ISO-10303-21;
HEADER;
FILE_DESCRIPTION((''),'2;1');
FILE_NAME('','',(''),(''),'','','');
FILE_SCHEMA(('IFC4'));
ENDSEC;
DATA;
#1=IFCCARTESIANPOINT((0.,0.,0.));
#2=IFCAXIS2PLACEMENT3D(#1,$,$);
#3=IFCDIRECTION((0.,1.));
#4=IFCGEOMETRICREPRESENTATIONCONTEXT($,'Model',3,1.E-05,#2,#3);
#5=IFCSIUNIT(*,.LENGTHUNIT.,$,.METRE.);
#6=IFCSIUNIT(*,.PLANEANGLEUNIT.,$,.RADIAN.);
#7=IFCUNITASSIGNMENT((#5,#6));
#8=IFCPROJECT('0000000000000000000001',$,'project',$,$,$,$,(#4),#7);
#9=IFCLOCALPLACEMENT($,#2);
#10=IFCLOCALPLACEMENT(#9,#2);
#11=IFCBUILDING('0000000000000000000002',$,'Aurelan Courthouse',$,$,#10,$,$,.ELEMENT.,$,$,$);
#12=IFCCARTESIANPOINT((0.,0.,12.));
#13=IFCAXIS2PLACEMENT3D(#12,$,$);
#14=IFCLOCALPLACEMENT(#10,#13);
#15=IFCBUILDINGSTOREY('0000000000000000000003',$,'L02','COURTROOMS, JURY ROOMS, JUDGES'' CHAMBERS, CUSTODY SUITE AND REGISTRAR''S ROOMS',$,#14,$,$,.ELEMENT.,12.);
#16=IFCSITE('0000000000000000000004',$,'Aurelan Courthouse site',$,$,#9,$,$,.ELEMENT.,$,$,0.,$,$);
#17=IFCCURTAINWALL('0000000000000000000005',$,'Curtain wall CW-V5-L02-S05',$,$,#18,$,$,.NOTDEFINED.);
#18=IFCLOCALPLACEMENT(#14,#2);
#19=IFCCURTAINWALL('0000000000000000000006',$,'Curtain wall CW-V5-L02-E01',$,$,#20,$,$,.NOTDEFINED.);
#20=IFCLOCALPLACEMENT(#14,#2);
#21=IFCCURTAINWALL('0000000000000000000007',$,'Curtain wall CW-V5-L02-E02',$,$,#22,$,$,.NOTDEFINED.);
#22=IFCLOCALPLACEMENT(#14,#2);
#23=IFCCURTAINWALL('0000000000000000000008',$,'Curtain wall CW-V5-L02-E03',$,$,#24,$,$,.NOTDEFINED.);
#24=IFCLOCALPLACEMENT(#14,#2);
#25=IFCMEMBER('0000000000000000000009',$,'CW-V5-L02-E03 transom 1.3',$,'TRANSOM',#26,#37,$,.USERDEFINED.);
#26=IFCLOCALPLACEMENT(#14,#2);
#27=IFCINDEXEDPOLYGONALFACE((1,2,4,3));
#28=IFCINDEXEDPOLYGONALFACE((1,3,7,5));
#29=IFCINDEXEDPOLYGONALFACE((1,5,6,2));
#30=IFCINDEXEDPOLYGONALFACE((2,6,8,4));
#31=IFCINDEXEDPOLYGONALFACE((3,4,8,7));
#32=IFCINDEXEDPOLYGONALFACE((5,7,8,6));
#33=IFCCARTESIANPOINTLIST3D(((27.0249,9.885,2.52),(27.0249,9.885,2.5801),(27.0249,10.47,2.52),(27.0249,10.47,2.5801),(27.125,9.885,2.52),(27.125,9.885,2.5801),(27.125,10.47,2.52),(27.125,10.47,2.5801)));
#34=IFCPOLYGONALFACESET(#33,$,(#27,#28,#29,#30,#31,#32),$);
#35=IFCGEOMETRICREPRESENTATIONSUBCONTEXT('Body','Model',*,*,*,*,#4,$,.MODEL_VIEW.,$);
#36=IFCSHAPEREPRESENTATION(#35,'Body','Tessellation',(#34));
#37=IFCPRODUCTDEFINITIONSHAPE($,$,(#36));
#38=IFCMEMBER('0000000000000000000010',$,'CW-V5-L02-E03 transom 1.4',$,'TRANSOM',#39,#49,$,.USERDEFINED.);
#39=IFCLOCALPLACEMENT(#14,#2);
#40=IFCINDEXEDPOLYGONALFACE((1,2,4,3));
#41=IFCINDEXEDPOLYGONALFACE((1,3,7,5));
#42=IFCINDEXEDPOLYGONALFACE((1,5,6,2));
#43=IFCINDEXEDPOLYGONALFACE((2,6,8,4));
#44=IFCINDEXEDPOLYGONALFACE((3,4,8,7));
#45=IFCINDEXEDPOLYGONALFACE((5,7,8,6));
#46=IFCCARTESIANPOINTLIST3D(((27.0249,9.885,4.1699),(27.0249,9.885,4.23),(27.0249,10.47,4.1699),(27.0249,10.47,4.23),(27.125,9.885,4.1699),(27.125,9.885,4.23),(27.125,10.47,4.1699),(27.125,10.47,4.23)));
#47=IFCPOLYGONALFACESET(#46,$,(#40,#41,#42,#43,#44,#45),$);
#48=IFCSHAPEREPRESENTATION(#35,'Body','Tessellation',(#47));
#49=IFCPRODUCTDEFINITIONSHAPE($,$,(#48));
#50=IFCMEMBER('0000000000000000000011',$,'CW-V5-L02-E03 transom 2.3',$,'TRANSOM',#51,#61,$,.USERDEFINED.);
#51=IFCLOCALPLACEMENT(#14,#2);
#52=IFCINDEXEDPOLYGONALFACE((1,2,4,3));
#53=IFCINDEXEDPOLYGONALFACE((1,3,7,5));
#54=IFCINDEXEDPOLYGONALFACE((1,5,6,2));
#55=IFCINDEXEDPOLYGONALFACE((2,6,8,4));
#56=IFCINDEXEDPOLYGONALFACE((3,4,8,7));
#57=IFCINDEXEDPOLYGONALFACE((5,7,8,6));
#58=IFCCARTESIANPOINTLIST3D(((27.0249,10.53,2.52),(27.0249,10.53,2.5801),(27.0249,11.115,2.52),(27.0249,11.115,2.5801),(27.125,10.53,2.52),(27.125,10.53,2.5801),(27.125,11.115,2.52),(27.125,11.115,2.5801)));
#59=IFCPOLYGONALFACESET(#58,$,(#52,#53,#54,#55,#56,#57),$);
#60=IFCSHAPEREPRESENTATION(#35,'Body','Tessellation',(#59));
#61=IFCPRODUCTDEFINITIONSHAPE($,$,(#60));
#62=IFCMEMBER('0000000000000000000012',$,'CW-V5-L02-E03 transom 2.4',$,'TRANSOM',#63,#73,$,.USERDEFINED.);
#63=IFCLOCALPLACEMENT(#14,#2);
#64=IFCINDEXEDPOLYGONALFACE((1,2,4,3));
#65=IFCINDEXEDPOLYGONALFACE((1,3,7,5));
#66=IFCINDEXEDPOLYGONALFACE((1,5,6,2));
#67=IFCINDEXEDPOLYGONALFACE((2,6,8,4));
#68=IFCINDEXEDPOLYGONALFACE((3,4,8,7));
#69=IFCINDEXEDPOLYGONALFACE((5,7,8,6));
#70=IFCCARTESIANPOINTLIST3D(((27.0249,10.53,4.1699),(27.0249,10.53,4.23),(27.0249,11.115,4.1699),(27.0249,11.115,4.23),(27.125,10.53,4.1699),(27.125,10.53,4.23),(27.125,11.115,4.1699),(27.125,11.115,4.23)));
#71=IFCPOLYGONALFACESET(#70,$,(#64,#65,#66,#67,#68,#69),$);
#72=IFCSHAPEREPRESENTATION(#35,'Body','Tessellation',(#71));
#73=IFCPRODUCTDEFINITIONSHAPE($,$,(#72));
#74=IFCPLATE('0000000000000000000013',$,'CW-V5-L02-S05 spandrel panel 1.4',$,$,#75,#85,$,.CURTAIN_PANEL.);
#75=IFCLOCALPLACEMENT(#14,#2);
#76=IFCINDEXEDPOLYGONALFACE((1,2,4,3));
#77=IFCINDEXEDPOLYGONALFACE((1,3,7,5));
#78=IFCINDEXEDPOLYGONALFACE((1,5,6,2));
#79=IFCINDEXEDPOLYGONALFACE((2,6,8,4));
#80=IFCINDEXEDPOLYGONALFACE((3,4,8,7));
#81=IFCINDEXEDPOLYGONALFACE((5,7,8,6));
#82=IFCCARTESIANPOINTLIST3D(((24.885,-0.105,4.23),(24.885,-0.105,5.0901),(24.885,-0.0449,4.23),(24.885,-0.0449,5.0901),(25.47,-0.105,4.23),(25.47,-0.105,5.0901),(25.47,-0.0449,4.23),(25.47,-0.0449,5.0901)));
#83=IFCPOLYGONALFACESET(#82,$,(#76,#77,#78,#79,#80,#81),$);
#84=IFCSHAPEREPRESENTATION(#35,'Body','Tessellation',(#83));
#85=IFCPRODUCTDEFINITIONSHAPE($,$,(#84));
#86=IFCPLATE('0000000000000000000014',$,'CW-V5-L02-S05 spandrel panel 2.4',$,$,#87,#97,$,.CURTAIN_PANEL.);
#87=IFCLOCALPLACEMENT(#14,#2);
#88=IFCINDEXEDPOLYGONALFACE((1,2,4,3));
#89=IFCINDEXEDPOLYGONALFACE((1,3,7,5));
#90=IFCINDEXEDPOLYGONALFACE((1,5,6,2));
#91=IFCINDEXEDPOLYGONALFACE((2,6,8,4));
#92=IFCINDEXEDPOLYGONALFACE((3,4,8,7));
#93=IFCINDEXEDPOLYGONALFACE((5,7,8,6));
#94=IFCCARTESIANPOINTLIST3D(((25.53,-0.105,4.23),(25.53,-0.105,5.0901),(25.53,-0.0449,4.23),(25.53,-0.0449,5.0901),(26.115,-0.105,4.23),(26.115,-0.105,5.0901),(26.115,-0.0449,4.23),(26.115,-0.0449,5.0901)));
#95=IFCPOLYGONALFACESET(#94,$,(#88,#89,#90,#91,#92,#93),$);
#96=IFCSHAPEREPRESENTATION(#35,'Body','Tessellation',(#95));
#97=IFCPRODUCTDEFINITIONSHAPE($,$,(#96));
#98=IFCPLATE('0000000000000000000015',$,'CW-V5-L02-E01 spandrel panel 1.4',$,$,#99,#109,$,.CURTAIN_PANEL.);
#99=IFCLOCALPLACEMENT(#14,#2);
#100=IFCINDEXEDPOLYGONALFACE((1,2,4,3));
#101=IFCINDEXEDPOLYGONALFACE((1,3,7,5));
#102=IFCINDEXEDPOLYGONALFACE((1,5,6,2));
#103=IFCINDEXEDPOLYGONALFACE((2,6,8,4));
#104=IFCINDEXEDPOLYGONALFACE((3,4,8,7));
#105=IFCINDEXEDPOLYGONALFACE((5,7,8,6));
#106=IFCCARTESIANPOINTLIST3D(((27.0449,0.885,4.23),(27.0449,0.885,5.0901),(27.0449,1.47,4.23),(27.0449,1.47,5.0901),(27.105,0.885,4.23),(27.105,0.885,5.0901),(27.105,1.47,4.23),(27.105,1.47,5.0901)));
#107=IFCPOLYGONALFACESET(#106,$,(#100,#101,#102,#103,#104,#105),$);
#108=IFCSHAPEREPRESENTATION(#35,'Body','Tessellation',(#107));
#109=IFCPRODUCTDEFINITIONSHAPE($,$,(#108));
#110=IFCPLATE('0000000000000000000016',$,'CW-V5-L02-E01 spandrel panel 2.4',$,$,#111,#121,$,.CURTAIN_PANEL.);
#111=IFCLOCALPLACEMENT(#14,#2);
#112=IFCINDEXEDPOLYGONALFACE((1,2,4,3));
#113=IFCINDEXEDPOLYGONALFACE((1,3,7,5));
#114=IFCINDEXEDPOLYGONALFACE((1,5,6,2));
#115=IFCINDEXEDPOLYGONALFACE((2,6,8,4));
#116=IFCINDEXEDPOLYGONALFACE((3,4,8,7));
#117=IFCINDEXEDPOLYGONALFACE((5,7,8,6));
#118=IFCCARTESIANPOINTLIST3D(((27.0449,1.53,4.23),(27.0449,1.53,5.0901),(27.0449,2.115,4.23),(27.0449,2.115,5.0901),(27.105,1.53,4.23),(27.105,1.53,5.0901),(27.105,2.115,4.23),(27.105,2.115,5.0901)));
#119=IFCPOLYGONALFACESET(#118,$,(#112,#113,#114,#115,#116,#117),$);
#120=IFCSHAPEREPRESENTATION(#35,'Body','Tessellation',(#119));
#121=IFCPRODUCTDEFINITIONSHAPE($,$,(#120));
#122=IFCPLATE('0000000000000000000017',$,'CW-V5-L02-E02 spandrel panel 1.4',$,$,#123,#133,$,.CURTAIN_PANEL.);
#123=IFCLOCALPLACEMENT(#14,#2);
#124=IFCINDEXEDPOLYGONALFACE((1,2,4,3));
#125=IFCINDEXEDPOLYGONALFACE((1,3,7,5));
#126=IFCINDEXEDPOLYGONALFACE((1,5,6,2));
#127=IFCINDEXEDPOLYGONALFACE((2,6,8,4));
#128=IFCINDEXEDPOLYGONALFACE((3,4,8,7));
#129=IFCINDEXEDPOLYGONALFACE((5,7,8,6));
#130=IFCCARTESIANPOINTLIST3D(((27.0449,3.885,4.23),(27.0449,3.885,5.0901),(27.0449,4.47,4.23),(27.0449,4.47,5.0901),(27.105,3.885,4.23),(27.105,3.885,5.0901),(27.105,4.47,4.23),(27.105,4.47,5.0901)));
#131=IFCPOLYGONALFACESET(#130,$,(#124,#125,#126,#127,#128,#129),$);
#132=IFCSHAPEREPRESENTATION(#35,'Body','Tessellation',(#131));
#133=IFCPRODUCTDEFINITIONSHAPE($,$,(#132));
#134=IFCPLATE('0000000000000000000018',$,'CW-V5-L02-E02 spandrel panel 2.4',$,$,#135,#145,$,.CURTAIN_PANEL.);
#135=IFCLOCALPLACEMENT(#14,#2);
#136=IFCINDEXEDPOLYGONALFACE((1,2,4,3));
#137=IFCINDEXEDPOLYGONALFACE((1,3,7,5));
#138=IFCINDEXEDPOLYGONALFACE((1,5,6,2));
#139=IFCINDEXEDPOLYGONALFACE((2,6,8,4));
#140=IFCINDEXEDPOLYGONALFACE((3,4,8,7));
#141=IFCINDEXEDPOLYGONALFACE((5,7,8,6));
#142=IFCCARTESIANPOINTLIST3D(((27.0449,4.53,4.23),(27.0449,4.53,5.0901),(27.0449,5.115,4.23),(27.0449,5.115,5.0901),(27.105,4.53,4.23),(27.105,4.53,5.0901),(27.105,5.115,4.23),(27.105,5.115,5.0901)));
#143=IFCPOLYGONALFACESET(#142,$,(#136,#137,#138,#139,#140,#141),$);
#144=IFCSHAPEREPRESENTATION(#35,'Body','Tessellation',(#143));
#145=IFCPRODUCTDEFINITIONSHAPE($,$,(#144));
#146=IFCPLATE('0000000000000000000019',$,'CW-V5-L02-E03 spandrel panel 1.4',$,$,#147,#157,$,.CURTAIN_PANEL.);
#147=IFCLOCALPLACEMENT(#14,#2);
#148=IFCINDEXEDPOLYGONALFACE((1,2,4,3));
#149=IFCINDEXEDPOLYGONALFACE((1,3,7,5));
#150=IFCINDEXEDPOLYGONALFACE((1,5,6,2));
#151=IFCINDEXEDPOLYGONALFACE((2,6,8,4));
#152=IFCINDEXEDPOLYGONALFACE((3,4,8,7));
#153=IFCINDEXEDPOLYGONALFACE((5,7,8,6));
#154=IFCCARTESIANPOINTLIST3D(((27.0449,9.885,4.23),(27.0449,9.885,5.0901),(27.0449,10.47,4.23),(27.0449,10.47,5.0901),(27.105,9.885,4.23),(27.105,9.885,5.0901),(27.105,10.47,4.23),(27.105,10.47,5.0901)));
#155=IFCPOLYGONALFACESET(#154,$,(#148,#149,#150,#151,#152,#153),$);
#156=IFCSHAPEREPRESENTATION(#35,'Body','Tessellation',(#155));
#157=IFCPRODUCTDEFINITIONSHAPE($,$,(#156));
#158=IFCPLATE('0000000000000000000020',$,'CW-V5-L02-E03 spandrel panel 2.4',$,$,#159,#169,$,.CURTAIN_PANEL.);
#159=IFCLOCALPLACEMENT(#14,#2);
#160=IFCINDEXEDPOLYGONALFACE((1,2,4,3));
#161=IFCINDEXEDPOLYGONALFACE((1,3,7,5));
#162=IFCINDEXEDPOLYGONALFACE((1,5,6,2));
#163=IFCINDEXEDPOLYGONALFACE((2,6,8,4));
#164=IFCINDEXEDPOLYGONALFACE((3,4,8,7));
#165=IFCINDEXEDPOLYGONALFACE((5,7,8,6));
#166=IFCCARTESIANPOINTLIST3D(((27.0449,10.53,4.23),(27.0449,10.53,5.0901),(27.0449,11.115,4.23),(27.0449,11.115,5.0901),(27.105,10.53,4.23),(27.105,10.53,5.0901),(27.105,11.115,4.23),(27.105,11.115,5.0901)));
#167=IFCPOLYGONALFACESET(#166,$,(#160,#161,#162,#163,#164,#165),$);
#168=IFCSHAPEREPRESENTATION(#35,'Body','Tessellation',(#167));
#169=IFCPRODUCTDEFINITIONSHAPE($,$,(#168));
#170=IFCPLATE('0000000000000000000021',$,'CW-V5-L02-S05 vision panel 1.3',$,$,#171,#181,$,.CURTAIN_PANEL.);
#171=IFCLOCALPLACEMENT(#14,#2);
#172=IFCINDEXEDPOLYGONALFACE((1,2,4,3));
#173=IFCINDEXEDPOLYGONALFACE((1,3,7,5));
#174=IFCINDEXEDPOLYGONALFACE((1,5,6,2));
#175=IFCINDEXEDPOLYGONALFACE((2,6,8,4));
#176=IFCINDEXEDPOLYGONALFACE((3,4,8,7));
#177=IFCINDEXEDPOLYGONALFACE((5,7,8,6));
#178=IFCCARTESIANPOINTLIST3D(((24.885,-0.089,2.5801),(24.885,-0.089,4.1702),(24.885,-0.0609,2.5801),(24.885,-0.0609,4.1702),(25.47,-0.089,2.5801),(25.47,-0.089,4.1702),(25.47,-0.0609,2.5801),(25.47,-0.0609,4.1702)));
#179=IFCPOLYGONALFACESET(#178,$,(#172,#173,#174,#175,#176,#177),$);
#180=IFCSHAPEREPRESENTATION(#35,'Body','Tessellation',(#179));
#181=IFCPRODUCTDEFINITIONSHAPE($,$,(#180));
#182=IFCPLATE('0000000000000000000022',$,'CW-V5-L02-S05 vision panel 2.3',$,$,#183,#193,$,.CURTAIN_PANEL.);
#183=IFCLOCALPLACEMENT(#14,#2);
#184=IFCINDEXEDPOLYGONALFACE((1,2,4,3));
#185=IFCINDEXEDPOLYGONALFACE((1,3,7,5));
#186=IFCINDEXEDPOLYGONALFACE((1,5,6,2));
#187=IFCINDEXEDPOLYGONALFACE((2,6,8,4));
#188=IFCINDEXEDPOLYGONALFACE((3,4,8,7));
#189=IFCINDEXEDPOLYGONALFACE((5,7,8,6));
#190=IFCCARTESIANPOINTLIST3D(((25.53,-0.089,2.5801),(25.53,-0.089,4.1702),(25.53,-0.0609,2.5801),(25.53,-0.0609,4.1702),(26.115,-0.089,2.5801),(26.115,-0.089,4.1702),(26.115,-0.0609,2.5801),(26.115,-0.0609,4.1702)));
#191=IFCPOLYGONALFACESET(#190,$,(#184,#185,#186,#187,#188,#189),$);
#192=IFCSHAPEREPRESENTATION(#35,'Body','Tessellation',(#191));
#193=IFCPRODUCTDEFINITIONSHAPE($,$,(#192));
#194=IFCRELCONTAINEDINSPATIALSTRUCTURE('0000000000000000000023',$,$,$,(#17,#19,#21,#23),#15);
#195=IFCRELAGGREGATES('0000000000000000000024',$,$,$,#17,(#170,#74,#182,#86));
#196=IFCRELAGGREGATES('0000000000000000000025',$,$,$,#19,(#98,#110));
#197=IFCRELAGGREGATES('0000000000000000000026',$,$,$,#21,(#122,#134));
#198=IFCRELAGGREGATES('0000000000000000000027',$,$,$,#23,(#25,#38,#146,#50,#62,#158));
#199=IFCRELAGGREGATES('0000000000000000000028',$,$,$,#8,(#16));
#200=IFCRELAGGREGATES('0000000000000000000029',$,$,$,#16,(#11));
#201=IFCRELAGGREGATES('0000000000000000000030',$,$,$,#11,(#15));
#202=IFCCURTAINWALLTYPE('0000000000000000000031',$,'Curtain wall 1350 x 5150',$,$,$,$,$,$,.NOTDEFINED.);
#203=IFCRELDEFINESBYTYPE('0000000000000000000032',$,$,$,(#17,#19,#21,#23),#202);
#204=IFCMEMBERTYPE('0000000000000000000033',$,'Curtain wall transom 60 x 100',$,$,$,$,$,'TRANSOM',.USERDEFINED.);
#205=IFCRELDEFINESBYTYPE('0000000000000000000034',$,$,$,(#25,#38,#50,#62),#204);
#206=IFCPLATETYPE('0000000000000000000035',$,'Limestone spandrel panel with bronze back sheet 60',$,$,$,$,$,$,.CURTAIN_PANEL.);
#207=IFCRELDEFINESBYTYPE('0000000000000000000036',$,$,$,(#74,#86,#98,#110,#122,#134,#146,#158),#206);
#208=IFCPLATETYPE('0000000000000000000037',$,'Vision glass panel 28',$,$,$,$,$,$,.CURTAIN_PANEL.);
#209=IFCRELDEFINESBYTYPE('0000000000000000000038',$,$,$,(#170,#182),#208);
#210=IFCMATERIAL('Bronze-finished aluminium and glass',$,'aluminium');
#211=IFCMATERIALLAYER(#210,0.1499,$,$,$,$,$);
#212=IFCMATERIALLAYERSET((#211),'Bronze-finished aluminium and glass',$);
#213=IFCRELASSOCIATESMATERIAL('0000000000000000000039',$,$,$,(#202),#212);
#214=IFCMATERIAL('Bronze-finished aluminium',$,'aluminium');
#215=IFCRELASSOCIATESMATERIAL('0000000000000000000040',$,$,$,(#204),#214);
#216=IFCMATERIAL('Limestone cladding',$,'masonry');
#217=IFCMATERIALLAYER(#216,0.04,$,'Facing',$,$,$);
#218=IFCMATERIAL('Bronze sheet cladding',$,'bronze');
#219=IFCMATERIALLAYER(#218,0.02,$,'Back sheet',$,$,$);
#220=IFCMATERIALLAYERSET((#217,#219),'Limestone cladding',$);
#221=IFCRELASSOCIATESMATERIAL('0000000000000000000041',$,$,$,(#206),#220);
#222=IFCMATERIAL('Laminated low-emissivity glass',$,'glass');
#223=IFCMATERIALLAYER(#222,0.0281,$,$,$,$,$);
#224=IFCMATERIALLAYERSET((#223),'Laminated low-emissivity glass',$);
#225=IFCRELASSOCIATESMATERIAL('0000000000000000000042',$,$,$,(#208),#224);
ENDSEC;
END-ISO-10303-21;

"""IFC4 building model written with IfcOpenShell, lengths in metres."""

from ifc_helpers import new_model, si_unit, direction, frame, origin, origin_2d, place, context, subcontext, project, spatial, rectangle, extrude, material, layer, layer_set, material_profile, profile_set, type_object, element, aggregate, save


model = new_model("IFC4")

# Units and contexts
model_context = context("Model", 3, precision=1e-05, world=origin(), true_north=direction((0.0, 1.0)))
body_context = subcontext(model_context, "Body", "Model", "MODEL_VIEW")
ifc_project = project(units=[si_unit("LENGTHUNIT", "METRE"), si_unit("PLANEANGLEUNIT", "RADIAN")], contexts=[model_context])

# Site, building, storey
site_placement = place(None, origin())
site = spatial("IfcSite", under=ifc_project, at=site_placement, Name="Aurelan Courthouse site", CompositionType="ELEMENT", RefElevation=0.0)
building_placement = place(site_placement, origin())
building = spatial("IfcBuilding", under=site, at=building_placement, Name="Aurelan Courthouse", CompositionType="ELEMENT")
storey_placement = place(building_placement, frame((0.0, 0.0, 12.0)))
storey = spatial("IfcBuildingStorey", under=building, at=storey_placement, Name="L02", Description="COURTROOMS, JURY ROOMS, JUDGES' CHAMBERS, CUSTODY SUITE AND REGISTRAR'S ROOMS", CompositionType="ELEMENT", Elevation=12.0)

# Curtain walls, members
ifc_material_1 = material(Name="Bronze-finished aluminium and glass", Category="aluminium")
ifc_layer_1 = layer(ifc_material_1, 0.1499)
ifc_layer_set_1 = layer_set([ifc_layer_1], Name="Bronze-finished aluminium and glass")
curtain_wall_type = type_object("IfcCurtainWallType", Name="Curtain wall 1350 x 5150", PredefinedType="NOTDEFINED", material=ifc_layer_set_1)
curtain_wall_1_placement = place(storey_placement, origin())
curtain_wall_1 = element("IfcCurtainWall", 1, at=curtain_wall_1_placement, inside=storey, type_object=curtain_wall_type, Name="Curtain wall CW-V5-L02-S05", PredefinedType="NOTDEFINED")
ifc_material_2 = material(Name="Bronze-finished aluminium", Category="aluminium")
ifc_material_profile = material_profile(ifc_material_2, rectangle(XDim=0.1001, YDim=0.0601, at=origin_2d()), Name="Bronze transom 60 x 100")
ifc_profile_set = profile_set([ifc_material_profile], Name="Bronze-finished aluminium")
member_type = type_object("IfcMemberType", Name="Curtain wall transom 60 x 100", ElementType="TRANSOM", PredefinedType="USERDEFINED", material=ifc_profile_set)
curtain_wall_2_placement = place(storey_placement, origin())
curtain_wall_2 = element("IfcCurtainWall", 2, at=curtain_wall_2_placement, inside=storey, type_object=curtain_wall_type, Name="Curtain wall CW-V5-L02-E01", PredefinedType="NOTDEFINED")
curtain_wall_3_placement = place(storey_placement, origin())
curtain_wall_3 = element("IfcCurtainWall", 3, at=curtain_wall_3_placement, inside=storey, type_object=curtain_wall_type, Name="Curtain wall CW-V5-L02-E02", PredefinedType="NOTDEFINED")
curtain_wall_4_placement = place(storey_placement, origin())
curtain_wall_4 = element("IfcCurtainWall", 4, at=curtain_wall_4_placement, inside=storey, type_object=curtain_wall_type, Name="Curtain wall CW-V5-L02-E03", PredefinedType="NOTDEFINED")
member_1_placement = place(storey_placement, frame((27.075, 9.885, 2.55), z_axis=(0.0, 1.0, 0.0), x_axis=(-1.0, 0.0, 0.0)))
member_1 = element("IfcMember", 5, at=member_1_placement, type_object=member_type, Name="CW-V5-L02-E03 transom 1.3", ObjectType="TRANSOM", PredefinedType="USERDEFINED", context=body_context, shape_type="SweptSolid", body=[
    extrude(rectangle(XDim=0.1001, YDim=0.0601, at=origin_2d()), origin(), (0.0, 0.0, 1.0), 0.585),
])
member_2_placement = place(storey_placement, frame((27.075, 9.885, 4.2), z_axis=(0.0, 1.0, 0.0), x_axis=(-1.0, 0.0, 0.0)))
member_2 = element("IfcMember", 6, at=member_2_placement, type_object=member_type, Name="CW-V5-L02-E03 transom 1.4", ObjectType="TRANSOM", PredefinedType="USERDEFINED", context=body_context, shape_type="SweptSolid", body=[
    extrude(rectangle(XDim=0.1001, YDim=0.0601, at=origin_2d()), origin(), (0.0, 0.0, 1.0), 0.585),
])
member_3_placement = place(storey_placement, frame((27.075, 10.53, 2.55), z_axis=(0.0, 1.0, 0.0), x_axis=(-1.0, 0.0, 0.0)))
member_3 = element("IfcMember", 7, at=member_3_placement, type_object=member_type, Name="CW-V5-L02-E03 transom 2.3", ObjectType="TRANSOM", PredefinedType="USERDEFINED", context=body_context, shape_type="SweptSolid", body=[
    extrude(rectangle(XDim=0.1001, YDim=0.0601, at=origin_2d()), origin(), (0.0, 0.0, 1.0), 0.585),
])
member_4_placement = place(storey_placement, frame((27.075, 10.53, 4.2), z_axis=(0.0, 1.0, 0.0), x_axis=(-1.0, 0.0, 0.0)))
member_4 = element("IfcMember", 8, at=member_4_placement, type_object=member_type, Name="CW-V5-L02-E03 transom 2.4", ObjectType="TRANSOM", PredefinedType="USERDEFINED", context=body_context, shape_type="SweptSolid", body=[
    extrude(rectangle(XDim=0.1001, YDim=0.0601, at=origin_2d()), origin(), (0.0, 0.0, 1.0), 0.585),
])

# Plates
ifc_material_3 = material(Name="Limestone cladding", Category="masonry")
ifc_layer_2 = layer(ifc_material_3, 0.04, Name="Facing")
ifc_material_4 = material(Name="Bronze sheet cladding", Category="bronze")
ifc_layer_3 = layer(ifc_material_4, 0.02, Name="Back sheet")
ifc_layer_set_2 = layer_set([ifc_layer_2, ifc_layer_3], Name="Limestone cladding")
plate_type_1 = type_object("IfcPlateType", Name="Limestone spandrel panel with bronze back sheet 60", PredefinedType="CURTAIN_PANEL", material=ifc_layer_set_2)
plate_1_placement = place(storey_placement, frame((25.1775, -0.075, 4.23), z_axis=(0.0, 0.0, 1.0), x_axis=(1.0, 0.0, 0.0)))
plate_1 = element("IfcPlate", 9, at=plate_1_placement, type_object=plate_type_1, Name="CW-V5-L02-S05 spandrel panel 1.4", PredefinedType="CURTAIN_PANEL", context=body_context, shape_type="SweptSolid", body=[
    extrude(rectangle(XDim=0.585, YDim=0.0601, at=origin_2d()), origin(), (0.0, 0.0, 1.0), 0.8601),
])
plate_2_placement = place(storey_placement, frame((25.8225, -0.075, 4.23), z_axis=(0.0, 0.0, 1.0), x_axis=(1.0, 0.0, 0.0)))
plate_2 = element("IfcPlate", 10, at=plate_2_placement, type_object=plate_type_1, Name="CW-V5-L02-S05 spandrel panel 2.4", PredefinedType="CURTAIN_PANEL", context=body_context, shape_type="SweptSolid", body=[
    extrude(rectangle(XDim=0.585, YDim=0.0601, at=origin_2d()), origin(), (0.0, 0.0, 1.0), 0.8601),
])
plate_3_placement = place(storey_placement, frame((27.075, 1.1775, 4.23), z_axis=(0.0, 0.0, 1.0), x_axis=(0.0, 1.0, 0.0)))
plate_3 = element("IfcPlate", 11, at=plate_3_placement, type_object=plate_type_1, Name="CW-V5-L02-E01 spandrel panel 1.4", PredefinedType="CURTAIN_PANEL", context=body_context, shape_type="SweptSolid", body=[
    extrude(rectangle(XDim=0.585, YDim=0.0601, at=origin_2d()), origin(), (0.0, 0.0, 1.0), 0.8601),
])
plate_4_placement = place(storey_placement, frame((27.075, 1.8225, 4.23), z_axis=(0.0, 0.0, 1.0), x_axis=(0.0, 1.0, 0.0)))
plate_4 = element("IfcPlate", 12, at=plate_4_placement, type_object=plate_type_1, Name="CW-V5-L02-E01 spandrel panel 2.4", PredefinedType="CURTAIN_PANEL", context=body_context, shape_type="SweptSolid", body=[
    extrude(rectangle(XDim=0.585, YDim=0.0601, at=origin_2d()), origin(), (0.0, 0.0, 1.0), 0.8601),
])
plate_5_placement = place(storey_placement, frame((27.075, 4.1775, 4.23), z_axis=(0.0, 0.0, 1.0), x_axis=(0.0, 1.0, 0.0)))
plate_5 = element("IfcPlate", 13, at=plate_5_placement, type_object=plate_type_1, Name="CW-V5-L02-E02 spandrel panel 1.4", PredefinedType="CURTAIN_PANEL", context=body_context, shape_type="SweptSolid", body=[
    extrude(rectangle(XDim=0.585, YDim=0.0601, at=origin_2d()), origin(), (0.0, 0.0, 1.0), 0.8601),
])
plate_6_placement = place(storey_placement, frame((27.075, 4.8225, 4.23), z_axis=(0.0, 0.0, 1.0), x_axis=(0.0, 1.0, 0.0)))
plate_6 = element("IfcPlate", 14, at=plate_6_placement, type_object=plate_type_1, Name="CW-V5-L02-E02 spandrel panel 2.4", PredefinedType="CURTAIN_PANEL", context=body_context, shape_type="SweptSolid", body=[
    extrude(rectangle(XDim=0.585, YDim=0.0601, at=origin_2d()), origin(), (0.0, 0.0, 1.0), 0.8601),
])
plate_7_placement = place(storey_placement, frame((27.075, 10.1775, 4.23), z_axis=(0.0, 0.0, 1.0), x_axis=(0.0, 1.0, 0.0)))
plate_7 = element("IfcPlate", 15, at=plate_7_placement, type_object=plate_type_1, Name="CW-V5-L02-E03 spandrel panel 1.4", PredefinedType="CURTAIN_PANEL", context=body_context, shape_type="SweptSolid", body=[
    extrude(rectangle(XDim=0.585, YDim=0.0601, at=origin_2d()), origin(), (0.0, 0.0, 1.0), 0.8601),
])
plate_8_placement = place(storey_placement, frame((27.075, 10.8225, 4.23), z_axis=(0.0, 0.0, 1.0), x_axis=(0.0, 1.0, 0.0)))
plate_8 = element("IfcPlate", 16, at=plate_8_placement, type_object=plate_type_1, Name="CW-V5-L02-E03 spandrel panel 2.4", PredefinedType="CURTAIN_PANEL", context=body_context, shape_type="SweptSolid", body=[
    extrude(rectangle(XDim=0.585, YDim=0.0601, at=origin_2d()), origin(), (0.0, 0.0, 1.0), 0.8601),
])
ifc_material_5 = material(Name="Laminated low-emissivity glass", Category="glass")
ifc_layer_4 = layer(ifc_material_5, 0.0281)
ifc_layer_set_3 = layer_set([ifc_layer_4], Name="Laminated low-emissivity glass")
plate_type_2 = type_object("IfcPlateType", Name="Vision glass panel 28", PredefinedType="CURTAIN_PANEL", material=ifc_layer_set_3)
plate_9_placement = place(storey_placement, frame((25.1775, -0.075, 2.5801), z_axis=(0.0, 0.0, 1.0), x_axis=(1.0, 0.0, 0.0)))
plate_9 = element("IfcPlate", 17, at=plate_9_placement, type_object=plate_type_2, Name="CW-V5-L02-S05 vision panel 1.3", PredefinedType="CURTAIN_PANEL", context=body_context, shape_type="SweptSolid", body=[
    extrude(rectangle(XDim=0.585, YDim=0.0281, at=origin_2d()), origin(), (0.0, 0.0, 1.0), 1.5901),
])
plate_10_placement = place(storey_placement, frame((25.8225, -0.075, 2.5801), z_axis=(0.0, 0.0, 1.0), x_axis=(1.0, 0.0, 0.0)))
plate_10 = element("IfcPlate", 18, at=plate_10_placement, type_object=plate_type_2, Name="CW-V5-L02-S05 vision panel 2.3", PredefinedType="CURTAIN_PANEL", context=body_context, shape_type="SweptSolid", body=[
    extrude(rectangle(XDim=0.585, YDim=0.0281, at=origin_2d()), origin(), (0.0, 0.0, 1.0), 1.5901),
])
aggregate(curtain_wall_1, [plate_9, plate_1, plate_10, plate_2])
aggregate(curtain_wall_2, [plate_3, plate_4])
aggregate(curtain_wall_3, [plate_5, plate_6])
aggregate(curtain_wall_4, [member_1, member_2, plate_7, member_3, member_4, plate_8])

save(model, "model.ifc")
